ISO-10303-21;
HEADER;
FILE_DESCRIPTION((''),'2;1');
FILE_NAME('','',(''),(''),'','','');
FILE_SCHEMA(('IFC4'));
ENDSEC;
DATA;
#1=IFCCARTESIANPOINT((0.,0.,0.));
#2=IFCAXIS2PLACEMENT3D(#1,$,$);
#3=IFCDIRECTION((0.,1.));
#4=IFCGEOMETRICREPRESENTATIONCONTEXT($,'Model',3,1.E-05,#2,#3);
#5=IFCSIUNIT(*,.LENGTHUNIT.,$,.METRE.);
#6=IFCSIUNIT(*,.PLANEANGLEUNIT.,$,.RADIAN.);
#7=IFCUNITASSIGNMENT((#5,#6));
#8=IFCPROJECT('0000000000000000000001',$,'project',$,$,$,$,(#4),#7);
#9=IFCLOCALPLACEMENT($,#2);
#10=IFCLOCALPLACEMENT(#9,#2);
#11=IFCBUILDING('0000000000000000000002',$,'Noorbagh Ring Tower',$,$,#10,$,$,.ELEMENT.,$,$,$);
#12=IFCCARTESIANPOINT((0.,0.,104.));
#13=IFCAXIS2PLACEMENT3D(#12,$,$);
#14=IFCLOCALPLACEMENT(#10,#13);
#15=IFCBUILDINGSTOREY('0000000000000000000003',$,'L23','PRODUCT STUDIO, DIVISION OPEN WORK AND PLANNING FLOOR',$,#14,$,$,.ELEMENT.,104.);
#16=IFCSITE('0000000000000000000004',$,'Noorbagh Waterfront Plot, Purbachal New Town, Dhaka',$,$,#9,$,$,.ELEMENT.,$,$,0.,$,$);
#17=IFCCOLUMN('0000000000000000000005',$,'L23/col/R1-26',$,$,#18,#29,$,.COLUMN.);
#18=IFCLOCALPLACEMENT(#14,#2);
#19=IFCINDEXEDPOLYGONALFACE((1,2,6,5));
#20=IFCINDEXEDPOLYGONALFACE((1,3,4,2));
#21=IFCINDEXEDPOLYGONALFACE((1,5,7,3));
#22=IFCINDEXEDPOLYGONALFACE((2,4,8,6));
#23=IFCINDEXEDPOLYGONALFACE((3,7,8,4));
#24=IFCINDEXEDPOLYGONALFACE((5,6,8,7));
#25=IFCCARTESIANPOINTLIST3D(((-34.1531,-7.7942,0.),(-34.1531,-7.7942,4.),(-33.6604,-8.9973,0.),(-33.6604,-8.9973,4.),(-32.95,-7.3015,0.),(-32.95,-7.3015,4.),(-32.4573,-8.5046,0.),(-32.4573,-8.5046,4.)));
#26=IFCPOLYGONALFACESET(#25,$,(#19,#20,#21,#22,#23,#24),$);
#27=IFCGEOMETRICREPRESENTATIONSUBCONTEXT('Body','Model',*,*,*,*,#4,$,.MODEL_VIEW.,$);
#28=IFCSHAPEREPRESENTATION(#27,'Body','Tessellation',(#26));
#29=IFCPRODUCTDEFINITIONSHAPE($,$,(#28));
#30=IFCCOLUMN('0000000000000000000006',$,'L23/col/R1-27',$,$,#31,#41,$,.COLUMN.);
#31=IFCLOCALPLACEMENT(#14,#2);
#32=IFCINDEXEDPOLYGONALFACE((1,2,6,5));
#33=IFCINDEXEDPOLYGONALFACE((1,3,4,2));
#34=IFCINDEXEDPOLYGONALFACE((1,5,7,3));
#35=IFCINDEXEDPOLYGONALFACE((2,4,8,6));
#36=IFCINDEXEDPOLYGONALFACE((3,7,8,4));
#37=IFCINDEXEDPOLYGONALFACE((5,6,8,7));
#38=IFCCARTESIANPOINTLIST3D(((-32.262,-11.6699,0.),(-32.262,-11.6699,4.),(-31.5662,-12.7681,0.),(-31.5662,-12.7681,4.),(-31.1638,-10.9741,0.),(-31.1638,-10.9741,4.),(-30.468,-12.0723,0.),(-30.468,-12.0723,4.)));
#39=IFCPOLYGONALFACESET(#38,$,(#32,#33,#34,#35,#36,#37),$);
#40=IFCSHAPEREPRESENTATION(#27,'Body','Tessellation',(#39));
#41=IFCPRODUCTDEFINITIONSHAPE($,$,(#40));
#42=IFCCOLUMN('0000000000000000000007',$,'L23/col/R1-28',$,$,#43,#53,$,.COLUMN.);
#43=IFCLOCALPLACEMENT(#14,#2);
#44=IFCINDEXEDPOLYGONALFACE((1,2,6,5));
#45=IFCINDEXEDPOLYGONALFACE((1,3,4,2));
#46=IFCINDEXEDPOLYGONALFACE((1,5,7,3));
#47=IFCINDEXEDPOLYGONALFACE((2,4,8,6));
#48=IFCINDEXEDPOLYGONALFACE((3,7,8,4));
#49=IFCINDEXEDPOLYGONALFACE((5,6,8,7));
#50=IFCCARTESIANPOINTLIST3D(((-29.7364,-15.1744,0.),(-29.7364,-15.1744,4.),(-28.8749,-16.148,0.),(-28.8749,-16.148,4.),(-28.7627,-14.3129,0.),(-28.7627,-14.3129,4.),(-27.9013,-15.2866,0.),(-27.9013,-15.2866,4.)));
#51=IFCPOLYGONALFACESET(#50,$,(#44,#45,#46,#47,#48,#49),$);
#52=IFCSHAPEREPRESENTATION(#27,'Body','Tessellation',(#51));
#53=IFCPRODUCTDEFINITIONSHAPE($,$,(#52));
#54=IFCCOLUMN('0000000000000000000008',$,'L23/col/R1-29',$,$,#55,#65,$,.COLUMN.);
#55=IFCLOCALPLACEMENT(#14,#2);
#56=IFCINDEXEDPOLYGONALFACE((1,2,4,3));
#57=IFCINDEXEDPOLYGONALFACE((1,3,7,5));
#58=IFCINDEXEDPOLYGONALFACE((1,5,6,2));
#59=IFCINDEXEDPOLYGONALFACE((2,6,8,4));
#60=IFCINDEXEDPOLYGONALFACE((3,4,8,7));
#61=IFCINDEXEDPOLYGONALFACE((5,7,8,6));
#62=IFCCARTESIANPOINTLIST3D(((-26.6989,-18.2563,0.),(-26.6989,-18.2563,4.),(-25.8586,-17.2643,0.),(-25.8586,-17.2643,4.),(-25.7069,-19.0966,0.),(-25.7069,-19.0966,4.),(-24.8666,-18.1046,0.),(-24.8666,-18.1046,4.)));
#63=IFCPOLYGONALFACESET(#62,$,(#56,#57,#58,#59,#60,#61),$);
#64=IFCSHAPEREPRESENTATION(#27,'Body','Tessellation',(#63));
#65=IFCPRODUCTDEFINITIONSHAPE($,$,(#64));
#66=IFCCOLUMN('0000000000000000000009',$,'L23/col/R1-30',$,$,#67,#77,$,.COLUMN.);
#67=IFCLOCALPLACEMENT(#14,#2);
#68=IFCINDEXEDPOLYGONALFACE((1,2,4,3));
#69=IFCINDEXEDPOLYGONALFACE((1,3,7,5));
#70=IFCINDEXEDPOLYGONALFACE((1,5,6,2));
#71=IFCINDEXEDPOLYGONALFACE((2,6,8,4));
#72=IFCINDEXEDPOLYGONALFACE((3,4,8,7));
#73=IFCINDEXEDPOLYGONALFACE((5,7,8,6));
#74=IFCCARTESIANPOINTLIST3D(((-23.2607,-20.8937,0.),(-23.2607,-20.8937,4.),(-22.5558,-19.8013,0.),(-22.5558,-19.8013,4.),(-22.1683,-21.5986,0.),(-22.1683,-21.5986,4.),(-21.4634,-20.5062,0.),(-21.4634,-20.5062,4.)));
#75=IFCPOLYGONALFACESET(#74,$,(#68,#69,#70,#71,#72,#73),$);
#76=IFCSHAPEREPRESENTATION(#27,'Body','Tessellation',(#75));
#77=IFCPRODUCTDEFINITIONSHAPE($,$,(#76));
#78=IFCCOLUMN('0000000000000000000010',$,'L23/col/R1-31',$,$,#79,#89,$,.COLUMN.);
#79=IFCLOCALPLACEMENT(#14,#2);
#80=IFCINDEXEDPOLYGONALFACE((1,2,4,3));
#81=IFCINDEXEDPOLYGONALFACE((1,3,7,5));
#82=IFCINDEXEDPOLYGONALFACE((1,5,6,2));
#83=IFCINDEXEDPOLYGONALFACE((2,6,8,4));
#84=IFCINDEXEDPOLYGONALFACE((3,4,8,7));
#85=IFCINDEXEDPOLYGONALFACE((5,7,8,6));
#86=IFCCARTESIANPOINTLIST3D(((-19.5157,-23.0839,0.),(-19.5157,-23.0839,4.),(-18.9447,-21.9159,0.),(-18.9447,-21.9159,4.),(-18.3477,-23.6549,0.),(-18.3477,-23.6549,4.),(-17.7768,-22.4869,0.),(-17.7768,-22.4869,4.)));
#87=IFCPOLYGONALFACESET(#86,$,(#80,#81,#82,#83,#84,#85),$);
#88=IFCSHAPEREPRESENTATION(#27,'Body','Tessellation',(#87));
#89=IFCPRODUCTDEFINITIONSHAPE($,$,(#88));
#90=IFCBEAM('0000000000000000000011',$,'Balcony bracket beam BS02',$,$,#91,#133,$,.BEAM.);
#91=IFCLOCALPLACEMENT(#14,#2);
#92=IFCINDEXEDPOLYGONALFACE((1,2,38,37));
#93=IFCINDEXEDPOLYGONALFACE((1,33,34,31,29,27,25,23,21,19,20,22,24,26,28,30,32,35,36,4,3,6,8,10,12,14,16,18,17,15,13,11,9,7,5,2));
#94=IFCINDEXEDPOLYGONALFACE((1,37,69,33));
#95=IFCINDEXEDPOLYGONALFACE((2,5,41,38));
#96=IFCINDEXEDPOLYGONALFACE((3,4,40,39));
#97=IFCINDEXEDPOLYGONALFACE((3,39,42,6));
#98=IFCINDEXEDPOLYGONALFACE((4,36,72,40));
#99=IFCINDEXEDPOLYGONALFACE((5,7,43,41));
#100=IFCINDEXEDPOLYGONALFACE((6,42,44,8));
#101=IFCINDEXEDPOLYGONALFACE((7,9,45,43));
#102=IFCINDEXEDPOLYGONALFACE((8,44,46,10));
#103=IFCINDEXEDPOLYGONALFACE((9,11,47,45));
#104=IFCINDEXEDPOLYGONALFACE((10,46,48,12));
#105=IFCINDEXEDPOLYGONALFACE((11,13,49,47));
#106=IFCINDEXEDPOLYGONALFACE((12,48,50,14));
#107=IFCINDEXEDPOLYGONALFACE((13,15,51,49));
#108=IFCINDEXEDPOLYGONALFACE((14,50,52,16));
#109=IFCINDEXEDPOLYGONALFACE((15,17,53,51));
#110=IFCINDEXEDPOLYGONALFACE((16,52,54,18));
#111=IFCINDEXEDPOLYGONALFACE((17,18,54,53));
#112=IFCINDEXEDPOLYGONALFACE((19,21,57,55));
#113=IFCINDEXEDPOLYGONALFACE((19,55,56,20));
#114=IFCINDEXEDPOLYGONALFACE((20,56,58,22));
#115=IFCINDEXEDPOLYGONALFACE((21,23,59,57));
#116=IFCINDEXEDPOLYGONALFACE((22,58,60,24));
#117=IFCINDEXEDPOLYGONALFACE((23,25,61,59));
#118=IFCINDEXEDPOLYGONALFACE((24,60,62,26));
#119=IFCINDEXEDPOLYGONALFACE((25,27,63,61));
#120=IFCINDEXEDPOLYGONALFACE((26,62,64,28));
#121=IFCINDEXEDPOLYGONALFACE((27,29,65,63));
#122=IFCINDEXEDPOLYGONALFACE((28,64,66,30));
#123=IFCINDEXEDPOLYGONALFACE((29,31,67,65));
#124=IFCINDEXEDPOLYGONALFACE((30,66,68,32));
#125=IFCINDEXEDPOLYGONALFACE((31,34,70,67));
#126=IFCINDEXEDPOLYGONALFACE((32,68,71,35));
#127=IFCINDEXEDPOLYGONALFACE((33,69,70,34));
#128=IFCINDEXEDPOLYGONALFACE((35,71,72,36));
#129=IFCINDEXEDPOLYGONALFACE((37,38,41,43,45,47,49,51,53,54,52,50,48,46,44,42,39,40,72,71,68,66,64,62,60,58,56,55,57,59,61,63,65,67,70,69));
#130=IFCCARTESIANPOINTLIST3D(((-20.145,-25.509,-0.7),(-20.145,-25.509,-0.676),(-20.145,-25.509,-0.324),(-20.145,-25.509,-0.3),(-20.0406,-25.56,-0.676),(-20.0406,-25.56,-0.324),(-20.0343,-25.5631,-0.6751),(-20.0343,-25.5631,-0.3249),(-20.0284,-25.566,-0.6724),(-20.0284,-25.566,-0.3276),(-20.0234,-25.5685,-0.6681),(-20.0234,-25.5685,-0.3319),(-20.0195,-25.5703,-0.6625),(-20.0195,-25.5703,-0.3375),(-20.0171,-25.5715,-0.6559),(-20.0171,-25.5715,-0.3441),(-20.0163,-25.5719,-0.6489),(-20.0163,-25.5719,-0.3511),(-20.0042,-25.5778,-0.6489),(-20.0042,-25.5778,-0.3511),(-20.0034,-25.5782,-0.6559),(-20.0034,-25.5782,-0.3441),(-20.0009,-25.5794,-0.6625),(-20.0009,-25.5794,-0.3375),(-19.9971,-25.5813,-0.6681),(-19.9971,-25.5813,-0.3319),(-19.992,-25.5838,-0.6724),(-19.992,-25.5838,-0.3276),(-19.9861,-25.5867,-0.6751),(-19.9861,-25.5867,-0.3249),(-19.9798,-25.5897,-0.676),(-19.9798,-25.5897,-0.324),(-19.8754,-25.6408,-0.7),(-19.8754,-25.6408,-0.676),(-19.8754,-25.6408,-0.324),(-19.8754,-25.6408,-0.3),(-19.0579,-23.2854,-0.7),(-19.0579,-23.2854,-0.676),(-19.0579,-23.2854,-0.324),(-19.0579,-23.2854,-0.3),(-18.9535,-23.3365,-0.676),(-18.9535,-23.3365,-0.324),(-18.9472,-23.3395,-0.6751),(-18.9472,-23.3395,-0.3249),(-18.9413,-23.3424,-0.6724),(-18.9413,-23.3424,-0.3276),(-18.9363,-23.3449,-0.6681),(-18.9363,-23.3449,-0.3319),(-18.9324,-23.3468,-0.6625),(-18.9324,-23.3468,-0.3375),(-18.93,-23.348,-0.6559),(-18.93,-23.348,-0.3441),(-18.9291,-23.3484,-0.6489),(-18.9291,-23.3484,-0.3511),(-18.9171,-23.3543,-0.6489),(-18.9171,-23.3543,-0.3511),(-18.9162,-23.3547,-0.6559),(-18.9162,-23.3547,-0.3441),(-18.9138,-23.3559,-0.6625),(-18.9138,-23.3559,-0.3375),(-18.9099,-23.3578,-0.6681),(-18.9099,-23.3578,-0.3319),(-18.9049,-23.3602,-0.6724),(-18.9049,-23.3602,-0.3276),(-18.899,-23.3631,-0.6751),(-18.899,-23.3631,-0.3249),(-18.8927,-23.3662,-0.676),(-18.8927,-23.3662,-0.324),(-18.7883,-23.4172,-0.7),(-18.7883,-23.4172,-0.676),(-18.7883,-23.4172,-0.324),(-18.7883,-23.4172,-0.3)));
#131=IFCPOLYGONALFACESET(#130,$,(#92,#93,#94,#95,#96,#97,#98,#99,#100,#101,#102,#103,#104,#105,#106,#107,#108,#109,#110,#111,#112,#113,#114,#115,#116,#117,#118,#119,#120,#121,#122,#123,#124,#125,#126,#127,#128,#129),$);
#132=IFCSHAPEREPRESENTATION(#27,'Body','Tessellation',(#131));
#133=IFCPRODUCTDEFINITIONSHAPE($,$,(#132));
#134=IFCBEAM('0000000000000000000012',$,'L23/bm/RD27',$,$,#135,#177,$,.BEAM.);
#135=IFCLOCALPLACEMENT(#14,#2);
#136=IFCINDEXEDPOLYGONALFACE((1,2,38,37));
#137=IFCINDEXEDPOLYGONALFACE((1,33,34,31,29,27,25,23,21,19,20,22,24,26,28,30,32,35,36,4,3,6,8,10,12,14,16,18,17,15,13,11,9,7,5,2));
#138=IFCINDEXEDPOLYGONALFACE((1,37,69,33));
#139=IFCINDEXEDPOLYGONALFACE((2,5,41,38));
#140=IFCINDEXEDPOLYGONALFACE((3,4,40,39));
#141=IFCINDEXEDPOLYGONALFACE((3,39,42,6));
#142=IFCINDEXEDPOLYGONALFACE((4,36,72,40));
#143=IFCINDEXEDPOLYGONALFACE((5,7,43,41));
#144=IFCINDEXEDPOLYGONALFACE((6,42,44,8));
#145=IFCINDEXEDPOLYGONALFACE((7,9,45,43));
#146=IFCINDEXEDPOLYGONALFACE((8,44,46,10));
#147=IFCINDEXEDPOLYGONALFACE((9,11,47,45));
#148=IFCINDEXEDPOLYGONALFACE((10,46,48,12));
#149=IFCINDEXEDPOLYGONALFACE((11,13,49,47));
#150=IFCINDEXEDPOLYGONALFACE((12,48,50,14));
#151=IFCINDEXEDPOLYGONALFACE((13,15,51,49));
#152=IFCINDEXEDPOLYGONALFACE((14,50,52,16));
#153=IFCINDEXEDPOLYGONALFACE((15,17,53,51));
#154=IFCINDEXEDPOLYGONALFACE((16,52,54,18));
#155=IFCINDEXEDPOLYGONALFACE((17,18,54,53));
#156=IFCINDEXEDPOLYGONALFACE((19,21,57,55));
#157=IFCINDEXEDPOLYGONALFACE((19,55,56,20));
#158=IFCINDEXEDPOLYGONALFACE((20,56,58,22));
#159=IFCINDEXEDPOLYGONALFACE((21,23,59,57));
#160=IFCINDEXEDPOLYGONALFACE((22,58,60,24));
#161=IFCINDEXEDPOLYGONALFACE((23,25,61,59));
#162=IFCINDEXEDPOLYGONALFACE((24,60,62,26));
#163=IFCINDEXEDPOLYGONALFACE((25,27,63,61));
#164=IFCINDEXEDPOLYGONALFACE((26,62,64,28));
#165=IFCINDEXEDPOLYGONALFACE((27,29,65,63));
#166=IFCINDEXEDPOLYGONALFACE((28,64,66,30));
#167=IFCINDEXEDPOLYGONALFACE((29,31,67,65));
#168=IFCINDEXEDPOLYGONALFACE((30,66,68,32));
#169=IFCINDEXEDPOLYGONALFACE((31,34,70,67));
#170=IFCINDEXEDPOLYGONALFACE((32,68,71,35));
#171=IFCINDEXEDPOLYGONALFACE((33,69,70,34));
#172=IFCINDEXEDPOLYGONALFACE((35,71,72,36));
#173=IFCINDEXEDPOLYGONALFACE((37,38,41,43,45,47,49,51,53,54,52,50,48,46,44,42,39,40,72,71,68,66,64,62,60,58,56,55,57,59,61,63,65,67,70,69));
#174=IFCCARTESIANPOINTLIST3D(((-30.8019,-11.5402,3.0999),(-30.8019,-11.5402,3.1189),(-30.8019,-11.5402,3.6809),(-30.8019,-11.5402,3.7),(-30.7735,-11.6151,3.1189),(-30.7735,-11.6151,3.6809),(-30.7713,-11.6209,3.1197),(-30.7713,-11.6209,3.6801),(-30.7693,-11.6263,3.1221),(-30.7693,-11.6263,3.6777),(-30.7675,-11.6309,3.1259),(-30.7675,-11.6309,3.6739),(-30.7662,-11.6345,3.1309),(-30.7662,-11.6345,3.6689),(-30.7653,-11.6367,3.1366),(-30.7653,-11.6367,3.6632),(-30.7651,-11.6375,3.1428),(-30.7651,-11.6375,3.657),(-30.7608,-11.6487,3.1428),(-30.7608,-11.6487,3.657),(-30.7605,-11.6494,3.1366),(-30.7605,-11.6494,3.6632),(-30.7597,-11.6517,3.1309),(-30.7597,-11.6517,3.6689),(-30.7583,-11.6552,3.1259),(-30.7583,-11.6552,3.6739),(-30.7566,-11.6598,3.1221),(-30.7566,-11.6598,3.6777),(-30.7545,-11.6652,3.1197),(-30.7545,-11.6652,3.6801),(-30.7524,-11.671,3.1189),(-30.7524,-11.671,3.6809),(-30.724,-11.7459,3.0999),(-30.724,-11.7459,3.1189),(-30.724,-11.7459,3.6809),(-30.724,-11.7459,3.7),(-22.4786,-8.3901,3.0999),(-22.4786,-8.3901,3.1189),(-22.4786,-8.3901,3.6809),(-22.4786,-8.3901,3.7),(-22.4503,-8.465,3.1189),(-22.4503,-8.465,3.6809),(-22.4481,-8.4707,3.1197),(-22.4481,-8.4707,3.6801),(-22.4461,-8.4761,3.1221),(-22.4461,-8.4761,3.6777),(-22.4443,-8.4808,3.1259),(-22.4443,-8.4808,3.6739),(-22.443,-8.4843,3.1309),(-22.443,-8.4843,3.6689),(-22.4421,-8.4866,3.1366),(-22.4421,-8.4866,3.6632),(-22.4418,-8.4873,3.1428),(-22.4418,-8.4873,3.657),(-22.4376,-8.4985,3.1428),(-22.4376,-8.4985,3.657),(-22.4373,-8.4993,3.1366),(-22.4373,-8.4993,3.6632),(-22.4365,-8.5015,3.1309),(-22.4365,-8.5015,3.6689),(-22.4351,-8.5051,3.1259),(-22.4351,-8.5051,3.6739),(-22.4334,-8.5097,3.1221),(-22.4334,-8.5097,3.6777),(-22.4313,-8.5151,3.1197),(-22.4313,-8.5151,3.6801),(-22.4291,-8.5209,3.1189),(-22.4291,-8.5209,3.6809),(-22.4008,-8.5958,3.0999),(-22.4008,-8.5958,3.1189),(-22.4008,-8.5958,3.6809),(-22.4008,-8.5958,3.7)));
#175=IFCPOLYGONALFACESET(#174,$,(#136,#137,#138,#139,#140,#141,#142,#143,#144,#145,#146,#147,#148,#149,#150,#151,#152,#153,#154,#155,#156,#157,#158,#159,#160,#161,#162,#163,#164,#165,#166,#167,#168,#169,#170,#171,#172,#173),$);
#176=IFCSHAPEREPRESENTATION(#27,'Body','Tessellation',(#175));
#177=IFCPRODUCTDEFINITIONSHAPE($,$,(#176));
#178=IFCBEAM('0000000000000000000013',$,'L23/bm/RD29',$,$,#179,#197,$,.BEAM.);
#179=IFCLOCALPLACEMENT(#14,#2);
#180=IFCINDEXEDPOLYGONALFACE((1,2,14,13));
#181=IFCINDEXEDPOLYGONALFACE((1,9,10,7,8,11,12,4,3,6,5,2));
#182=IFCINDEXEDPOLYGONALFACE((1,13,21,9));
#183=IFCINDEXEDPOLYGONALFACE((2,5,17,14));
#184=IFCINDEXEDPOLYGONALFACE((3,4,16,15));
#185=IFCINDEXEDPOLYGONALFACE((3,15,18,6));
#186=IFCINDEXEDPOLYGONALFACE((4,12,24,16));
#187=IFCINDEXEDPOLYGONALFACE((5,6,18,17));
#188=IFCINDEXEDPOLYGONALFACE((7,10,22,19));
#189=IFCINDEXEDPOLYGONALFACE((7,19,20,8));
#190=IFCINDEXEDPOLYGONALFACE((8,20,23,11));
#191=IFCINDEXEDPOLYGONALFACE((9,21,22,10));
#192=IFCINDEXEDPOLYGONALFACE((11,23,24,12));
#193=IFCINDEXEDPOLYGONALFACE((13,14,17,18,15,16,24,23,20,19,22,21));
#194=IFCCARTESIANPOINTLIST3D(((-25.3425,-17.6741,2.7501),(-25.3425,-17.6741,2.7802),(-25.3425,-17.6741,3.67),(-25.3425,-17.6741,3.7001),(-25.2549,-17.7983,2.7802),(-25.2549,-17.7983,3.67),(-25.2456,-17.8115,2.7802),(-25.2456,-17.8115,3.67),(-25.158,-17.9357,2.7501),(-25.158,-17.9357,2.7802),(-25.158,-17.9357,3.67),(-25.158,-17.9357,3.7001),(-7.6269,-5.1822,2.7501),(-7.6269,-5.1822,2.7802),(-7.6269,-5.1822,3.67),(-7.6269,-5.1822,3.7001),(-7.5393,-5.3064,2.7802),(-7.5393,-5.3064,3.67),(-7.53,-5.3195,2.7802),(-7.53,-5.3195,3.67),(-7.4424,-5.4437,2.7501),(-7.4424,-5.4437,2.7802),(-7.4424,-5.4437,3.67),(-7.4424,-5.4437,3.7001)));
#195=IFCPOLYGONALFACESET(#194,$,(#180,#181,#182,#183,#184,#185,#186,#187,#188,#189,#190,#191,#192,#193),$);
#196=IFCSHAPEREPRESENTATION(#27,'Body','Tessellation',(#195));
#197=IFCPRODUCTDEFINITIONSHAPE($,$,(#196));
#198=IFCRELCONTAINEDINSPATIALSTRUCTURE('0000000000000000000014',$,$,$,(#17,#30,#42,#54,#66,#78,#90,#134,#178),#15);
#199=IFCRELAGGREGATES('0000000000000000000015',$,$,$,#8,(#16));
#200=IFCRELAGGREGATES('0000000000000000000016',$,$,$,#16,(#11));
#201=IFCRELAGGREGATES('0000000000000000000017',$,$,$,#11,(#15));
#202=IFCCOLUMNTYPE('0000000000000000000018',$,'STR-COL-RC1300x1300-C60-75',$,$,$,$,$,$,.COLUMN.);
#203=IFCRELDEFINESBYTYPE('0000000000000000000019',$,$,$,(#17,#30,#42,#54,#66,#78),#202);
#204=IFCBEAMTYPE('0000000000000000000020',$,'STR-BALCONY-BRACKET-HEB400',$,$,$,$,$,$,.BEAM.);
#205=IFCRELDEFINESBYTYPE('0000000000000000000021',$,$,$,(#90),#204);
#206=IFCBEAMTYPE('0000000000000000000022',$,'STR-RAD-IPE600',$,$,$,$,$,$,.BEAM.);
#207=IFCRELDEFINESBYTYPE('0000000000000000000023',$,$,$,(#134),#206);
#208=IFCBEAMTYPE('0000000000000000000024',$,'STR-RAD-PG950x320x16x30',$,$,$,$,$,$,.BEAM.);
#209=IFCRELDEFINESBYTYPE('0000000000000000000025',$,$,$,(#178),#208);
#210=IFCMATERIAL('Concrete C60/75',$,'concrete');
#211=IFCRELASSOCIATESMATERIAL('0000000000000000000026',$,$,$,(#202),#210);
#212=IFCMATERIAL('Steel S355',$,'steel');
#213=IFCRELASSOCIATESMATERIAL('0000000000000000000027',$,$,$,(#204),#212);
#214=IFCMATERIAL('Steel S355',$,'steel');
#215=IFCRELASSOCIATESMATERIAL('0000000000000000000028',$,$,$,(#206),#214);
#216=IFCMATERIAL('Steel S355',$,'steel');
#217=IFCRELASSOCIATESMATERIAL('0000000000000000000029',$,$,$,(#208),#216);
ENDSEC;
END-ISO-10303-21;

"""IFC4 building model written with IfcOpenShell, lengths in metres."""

from ifc_helpers import new_model, si_unit, direction, frame, origin, origin_2d, place, context, subcontext, project, spatial, rectangle, i_section, extrude, material, material_profile, profile_set, type_object, element, save


model = new_model("IFC4")

# Units and contexts
model_context = context("Model", 3, precision=1e-05, world=origin(), true_north=direction((0.0, 1.0)))
body_context = subcontext(model_context, "Body", "Model", "MODEL_VIEW")
ifc_project = project(units=[si_unit("LENGTHUNIT", "METRE"), si_unit("PLANEANGLEUNIT", "RADIAN")], contexts=[model_context])

# Site, building, storey
site_placement = place(None, origin())
site = spatial("IfcSite", under=ifc_project, at=site_placement, Name="Noorbagh Waterfront Plot, Purbachal New Town, Dhaka", CompositionType="ELEMENT", RefElevation=0.0)
building_placement = place(site_placement, origin())
building = spatial("IfcBuilding", under=site, at=building_placement, Name="Noorbagh Ring Tower", CompositionType="ELEMENT")
storey_placement = place(building_placement, frame((0.0, 0.0, 104.0)))
storey = spatial("IfcBuildingStorey", under=building, at=storey_placement, Name="L23", Description="PRODUCT STUDIO, DIVISION OPEN WORK AND PLANNING FLOOR", CompositionType="ELEMENT", Elevation=104.0)

# Columns
ifc_material_1 = material(Name="Concrete C60/75", Category="concrete")
ifc_material_profile_1 = material_profile(ifc_material_1, rectangle(XDim=1.3, YDim=1.3, at=origin_2d()), Name="RC1300x1300")
ifc_profile_set_1 = profile_set([ifc_material_profile_1], Name="Concrete C60/75")
column_type = type_object("IfcColumnType", Name="STR-COL-RC1300x1300-C60-75", PredefinedType="COLUMN", material=ifc_profile_set_1)
for number, where, z_axis, x_axis, name in (
    (1, (-33.3052, -8.1494, 0.0), (0.0, 0.0, 1.0), (0.378989, -0.925401, 0.0), "L23/col/R1-26"),
    (2, (-31.365, -11.8711, 0.0), (0.0, 0.0, 1.0), (0.53519, -0.844731, 0.0), "L23/col/R1-27"),
    (3, (-28.8188, -15.2305, 0.0), (0.0, 0.0, 1.0), (0.662636, -0.748942, 0.0), "L23/col/R1-28"),
    (4, (-25.7827, -18.1804, 0.0), (0.0, 0.0, 1.0), (0.763035, -0.646357, 0.0), "L23/col/R1-29"),
    (5, (-22.3621, -20.7, 0.0), (0.0, 0.0, 1.0), (0.840248, -0.542203, 0.0), "L23/col/R1-30"),
    (6, (-18.6462, -22.7854, 0.0), (0.0, 0.0, 1.0), (0.898399, -0.43918, 0.0), "L23/col/R1-31"),
):
    element("IfcColumn", number, at=place(storey_placement, frame(where, z_axis=z_axis, x_axis=x_axis)), inside=storey, type_object=column_type, Name=name, PredefinedType="COLUMN", context=body_context, shape_type="SweptSolid", body=[
        extrude(rectangle(XDim=1.3, YDim=1.3, at=origin_2d()), origin(), (0.0, 0.0, 1.0), 4.0),
    ])

# Beams
ifc_material_2 = material(Name="Steel S355", Category="steel")
ifc_material_profile_2 = material_profile(ifc_material_2, i_section(OverallWidth=0.3, OverallDepth=0.3999, WebThickness=0.0134, FlangeThickness=0.0239, FilletRadius=0.0271, at=origin_2d()), Name="HEB400")
ifc_profile_set_2 = profile_set([ifc_material_profile_2], Name="Steel S355")
beam_type_1 = type_object("IfcBeamType", Name="STR-BALCONY-BRACKET-HEB400", PredefinedType="BEAM", material=ifc_profile_set_2)
beam_1_placement = place(storey_placement, frame((-18.9231, -23.3513, -0.5), z_axis=(-0.439226, -0.898377, 0.0), x_axis=(0.898377, -0.439226, 0.0)))
element("IfcBeam", 7, at=beam_1_placement, inside=storey, type_object=beam_type_1, Name="Balcony bracket beam BS02", PredefinedType="BEAM", context=body_context, shape_type="SweptSolid", body=[
    extrude(i_section(OverallWidth=0.3, OverallDepth=0.3999, WebThickness=0.0134, FlangeThickness=0.0239, FilletRadius=0.0271, at=origin_2d()), origin(), (0.0, 0.0, 1.0), 2.4751),
])
ifc_material_3 = material(Name="Steel S355", Category="steel")
ifc_material_profile_3 = material_profile(ifc_material_3, i_section(OverallWidth=0.22, OverallDepth=0.6001, WebThickness=0.012, FlangeThickness=0.019, FilletRadius=0.0239, at=origin_2d()), Name="IPE600")
ifc_profile_set_3 = profile_set([ifc_material_profile_3], Name="Steel S355")
beam_type_2 = type_object("IfcBeamType", Name="STR-RAD-IPE600", PredefinedType="BEAM", material=ifc_profile_set_3)
beam_2_placement = place(storey_placement, frame((-30.7629, -11.6431, 3.3999), z_axis=(0.935256, 0.353972, 0.0), x_axis=(-0.353972, 0.935256, 0.0)))
element("IfcBeam", 8, at=beam_2_placement, inside=storey, type_object=beam_type_2, Name="L23/bm/RD27", PredefinedType="BEAM", context=body_context, shape_type="SweptSolid", body=[
    extrude(i_section(OverallWidth=0.22, OverallDepth=0.6001, WebThickness=0.012, FlangeThickness=0.019, FilletRadius=0.0239, at=origin_2d()), origin(), (0.0, 0.0, 1.0), 8.8994),
])
ifc_material_4 = material(Name="Steel S355", Category="steel")
ifc_material_profile_4 = material_profile(ifc_material_4, i_section(OverallWidth=0.3201, OverallDepth=0.95, WebThickness=0.0161, FlangeThickness=0.03, at=origin_2d()), Name="PG950x320x16x30")
ifc_profile_set_4 = profile_set([ifc_material_profile_4], Name="Steel S355")
beam_type_3 = type_object("IfcBeamType", Name="STR-RAD-PG950x320x16x30", PredefinedType="BEAM", material=ifc_profile_set_4)
beam_3_placement = place(storey_placement, frame((-25.2502, -17.8049, 3.2251), z_axis=(0.817254, 0.576278, 0.0), x_axis=(-0.576278, 0.817254, 0.0)))
element("IfcBeam", 9, at=beam_3_placement, inside=storey, type_object=beam_type_3, Name="L23/bm/RD29", PredefinedType="BEAM", context=body_context, shape_type="SweptSolid", body=[
    extrude(i_section(OverallWidth=0.3201, OverallDepth=0.95, WebThickness=0.0161, FlangeThickness=0.03, at=origin_2d()), origin(), (0.0, 0.0, 1.0), 21.677),
])

save(model, "model.ifc")
